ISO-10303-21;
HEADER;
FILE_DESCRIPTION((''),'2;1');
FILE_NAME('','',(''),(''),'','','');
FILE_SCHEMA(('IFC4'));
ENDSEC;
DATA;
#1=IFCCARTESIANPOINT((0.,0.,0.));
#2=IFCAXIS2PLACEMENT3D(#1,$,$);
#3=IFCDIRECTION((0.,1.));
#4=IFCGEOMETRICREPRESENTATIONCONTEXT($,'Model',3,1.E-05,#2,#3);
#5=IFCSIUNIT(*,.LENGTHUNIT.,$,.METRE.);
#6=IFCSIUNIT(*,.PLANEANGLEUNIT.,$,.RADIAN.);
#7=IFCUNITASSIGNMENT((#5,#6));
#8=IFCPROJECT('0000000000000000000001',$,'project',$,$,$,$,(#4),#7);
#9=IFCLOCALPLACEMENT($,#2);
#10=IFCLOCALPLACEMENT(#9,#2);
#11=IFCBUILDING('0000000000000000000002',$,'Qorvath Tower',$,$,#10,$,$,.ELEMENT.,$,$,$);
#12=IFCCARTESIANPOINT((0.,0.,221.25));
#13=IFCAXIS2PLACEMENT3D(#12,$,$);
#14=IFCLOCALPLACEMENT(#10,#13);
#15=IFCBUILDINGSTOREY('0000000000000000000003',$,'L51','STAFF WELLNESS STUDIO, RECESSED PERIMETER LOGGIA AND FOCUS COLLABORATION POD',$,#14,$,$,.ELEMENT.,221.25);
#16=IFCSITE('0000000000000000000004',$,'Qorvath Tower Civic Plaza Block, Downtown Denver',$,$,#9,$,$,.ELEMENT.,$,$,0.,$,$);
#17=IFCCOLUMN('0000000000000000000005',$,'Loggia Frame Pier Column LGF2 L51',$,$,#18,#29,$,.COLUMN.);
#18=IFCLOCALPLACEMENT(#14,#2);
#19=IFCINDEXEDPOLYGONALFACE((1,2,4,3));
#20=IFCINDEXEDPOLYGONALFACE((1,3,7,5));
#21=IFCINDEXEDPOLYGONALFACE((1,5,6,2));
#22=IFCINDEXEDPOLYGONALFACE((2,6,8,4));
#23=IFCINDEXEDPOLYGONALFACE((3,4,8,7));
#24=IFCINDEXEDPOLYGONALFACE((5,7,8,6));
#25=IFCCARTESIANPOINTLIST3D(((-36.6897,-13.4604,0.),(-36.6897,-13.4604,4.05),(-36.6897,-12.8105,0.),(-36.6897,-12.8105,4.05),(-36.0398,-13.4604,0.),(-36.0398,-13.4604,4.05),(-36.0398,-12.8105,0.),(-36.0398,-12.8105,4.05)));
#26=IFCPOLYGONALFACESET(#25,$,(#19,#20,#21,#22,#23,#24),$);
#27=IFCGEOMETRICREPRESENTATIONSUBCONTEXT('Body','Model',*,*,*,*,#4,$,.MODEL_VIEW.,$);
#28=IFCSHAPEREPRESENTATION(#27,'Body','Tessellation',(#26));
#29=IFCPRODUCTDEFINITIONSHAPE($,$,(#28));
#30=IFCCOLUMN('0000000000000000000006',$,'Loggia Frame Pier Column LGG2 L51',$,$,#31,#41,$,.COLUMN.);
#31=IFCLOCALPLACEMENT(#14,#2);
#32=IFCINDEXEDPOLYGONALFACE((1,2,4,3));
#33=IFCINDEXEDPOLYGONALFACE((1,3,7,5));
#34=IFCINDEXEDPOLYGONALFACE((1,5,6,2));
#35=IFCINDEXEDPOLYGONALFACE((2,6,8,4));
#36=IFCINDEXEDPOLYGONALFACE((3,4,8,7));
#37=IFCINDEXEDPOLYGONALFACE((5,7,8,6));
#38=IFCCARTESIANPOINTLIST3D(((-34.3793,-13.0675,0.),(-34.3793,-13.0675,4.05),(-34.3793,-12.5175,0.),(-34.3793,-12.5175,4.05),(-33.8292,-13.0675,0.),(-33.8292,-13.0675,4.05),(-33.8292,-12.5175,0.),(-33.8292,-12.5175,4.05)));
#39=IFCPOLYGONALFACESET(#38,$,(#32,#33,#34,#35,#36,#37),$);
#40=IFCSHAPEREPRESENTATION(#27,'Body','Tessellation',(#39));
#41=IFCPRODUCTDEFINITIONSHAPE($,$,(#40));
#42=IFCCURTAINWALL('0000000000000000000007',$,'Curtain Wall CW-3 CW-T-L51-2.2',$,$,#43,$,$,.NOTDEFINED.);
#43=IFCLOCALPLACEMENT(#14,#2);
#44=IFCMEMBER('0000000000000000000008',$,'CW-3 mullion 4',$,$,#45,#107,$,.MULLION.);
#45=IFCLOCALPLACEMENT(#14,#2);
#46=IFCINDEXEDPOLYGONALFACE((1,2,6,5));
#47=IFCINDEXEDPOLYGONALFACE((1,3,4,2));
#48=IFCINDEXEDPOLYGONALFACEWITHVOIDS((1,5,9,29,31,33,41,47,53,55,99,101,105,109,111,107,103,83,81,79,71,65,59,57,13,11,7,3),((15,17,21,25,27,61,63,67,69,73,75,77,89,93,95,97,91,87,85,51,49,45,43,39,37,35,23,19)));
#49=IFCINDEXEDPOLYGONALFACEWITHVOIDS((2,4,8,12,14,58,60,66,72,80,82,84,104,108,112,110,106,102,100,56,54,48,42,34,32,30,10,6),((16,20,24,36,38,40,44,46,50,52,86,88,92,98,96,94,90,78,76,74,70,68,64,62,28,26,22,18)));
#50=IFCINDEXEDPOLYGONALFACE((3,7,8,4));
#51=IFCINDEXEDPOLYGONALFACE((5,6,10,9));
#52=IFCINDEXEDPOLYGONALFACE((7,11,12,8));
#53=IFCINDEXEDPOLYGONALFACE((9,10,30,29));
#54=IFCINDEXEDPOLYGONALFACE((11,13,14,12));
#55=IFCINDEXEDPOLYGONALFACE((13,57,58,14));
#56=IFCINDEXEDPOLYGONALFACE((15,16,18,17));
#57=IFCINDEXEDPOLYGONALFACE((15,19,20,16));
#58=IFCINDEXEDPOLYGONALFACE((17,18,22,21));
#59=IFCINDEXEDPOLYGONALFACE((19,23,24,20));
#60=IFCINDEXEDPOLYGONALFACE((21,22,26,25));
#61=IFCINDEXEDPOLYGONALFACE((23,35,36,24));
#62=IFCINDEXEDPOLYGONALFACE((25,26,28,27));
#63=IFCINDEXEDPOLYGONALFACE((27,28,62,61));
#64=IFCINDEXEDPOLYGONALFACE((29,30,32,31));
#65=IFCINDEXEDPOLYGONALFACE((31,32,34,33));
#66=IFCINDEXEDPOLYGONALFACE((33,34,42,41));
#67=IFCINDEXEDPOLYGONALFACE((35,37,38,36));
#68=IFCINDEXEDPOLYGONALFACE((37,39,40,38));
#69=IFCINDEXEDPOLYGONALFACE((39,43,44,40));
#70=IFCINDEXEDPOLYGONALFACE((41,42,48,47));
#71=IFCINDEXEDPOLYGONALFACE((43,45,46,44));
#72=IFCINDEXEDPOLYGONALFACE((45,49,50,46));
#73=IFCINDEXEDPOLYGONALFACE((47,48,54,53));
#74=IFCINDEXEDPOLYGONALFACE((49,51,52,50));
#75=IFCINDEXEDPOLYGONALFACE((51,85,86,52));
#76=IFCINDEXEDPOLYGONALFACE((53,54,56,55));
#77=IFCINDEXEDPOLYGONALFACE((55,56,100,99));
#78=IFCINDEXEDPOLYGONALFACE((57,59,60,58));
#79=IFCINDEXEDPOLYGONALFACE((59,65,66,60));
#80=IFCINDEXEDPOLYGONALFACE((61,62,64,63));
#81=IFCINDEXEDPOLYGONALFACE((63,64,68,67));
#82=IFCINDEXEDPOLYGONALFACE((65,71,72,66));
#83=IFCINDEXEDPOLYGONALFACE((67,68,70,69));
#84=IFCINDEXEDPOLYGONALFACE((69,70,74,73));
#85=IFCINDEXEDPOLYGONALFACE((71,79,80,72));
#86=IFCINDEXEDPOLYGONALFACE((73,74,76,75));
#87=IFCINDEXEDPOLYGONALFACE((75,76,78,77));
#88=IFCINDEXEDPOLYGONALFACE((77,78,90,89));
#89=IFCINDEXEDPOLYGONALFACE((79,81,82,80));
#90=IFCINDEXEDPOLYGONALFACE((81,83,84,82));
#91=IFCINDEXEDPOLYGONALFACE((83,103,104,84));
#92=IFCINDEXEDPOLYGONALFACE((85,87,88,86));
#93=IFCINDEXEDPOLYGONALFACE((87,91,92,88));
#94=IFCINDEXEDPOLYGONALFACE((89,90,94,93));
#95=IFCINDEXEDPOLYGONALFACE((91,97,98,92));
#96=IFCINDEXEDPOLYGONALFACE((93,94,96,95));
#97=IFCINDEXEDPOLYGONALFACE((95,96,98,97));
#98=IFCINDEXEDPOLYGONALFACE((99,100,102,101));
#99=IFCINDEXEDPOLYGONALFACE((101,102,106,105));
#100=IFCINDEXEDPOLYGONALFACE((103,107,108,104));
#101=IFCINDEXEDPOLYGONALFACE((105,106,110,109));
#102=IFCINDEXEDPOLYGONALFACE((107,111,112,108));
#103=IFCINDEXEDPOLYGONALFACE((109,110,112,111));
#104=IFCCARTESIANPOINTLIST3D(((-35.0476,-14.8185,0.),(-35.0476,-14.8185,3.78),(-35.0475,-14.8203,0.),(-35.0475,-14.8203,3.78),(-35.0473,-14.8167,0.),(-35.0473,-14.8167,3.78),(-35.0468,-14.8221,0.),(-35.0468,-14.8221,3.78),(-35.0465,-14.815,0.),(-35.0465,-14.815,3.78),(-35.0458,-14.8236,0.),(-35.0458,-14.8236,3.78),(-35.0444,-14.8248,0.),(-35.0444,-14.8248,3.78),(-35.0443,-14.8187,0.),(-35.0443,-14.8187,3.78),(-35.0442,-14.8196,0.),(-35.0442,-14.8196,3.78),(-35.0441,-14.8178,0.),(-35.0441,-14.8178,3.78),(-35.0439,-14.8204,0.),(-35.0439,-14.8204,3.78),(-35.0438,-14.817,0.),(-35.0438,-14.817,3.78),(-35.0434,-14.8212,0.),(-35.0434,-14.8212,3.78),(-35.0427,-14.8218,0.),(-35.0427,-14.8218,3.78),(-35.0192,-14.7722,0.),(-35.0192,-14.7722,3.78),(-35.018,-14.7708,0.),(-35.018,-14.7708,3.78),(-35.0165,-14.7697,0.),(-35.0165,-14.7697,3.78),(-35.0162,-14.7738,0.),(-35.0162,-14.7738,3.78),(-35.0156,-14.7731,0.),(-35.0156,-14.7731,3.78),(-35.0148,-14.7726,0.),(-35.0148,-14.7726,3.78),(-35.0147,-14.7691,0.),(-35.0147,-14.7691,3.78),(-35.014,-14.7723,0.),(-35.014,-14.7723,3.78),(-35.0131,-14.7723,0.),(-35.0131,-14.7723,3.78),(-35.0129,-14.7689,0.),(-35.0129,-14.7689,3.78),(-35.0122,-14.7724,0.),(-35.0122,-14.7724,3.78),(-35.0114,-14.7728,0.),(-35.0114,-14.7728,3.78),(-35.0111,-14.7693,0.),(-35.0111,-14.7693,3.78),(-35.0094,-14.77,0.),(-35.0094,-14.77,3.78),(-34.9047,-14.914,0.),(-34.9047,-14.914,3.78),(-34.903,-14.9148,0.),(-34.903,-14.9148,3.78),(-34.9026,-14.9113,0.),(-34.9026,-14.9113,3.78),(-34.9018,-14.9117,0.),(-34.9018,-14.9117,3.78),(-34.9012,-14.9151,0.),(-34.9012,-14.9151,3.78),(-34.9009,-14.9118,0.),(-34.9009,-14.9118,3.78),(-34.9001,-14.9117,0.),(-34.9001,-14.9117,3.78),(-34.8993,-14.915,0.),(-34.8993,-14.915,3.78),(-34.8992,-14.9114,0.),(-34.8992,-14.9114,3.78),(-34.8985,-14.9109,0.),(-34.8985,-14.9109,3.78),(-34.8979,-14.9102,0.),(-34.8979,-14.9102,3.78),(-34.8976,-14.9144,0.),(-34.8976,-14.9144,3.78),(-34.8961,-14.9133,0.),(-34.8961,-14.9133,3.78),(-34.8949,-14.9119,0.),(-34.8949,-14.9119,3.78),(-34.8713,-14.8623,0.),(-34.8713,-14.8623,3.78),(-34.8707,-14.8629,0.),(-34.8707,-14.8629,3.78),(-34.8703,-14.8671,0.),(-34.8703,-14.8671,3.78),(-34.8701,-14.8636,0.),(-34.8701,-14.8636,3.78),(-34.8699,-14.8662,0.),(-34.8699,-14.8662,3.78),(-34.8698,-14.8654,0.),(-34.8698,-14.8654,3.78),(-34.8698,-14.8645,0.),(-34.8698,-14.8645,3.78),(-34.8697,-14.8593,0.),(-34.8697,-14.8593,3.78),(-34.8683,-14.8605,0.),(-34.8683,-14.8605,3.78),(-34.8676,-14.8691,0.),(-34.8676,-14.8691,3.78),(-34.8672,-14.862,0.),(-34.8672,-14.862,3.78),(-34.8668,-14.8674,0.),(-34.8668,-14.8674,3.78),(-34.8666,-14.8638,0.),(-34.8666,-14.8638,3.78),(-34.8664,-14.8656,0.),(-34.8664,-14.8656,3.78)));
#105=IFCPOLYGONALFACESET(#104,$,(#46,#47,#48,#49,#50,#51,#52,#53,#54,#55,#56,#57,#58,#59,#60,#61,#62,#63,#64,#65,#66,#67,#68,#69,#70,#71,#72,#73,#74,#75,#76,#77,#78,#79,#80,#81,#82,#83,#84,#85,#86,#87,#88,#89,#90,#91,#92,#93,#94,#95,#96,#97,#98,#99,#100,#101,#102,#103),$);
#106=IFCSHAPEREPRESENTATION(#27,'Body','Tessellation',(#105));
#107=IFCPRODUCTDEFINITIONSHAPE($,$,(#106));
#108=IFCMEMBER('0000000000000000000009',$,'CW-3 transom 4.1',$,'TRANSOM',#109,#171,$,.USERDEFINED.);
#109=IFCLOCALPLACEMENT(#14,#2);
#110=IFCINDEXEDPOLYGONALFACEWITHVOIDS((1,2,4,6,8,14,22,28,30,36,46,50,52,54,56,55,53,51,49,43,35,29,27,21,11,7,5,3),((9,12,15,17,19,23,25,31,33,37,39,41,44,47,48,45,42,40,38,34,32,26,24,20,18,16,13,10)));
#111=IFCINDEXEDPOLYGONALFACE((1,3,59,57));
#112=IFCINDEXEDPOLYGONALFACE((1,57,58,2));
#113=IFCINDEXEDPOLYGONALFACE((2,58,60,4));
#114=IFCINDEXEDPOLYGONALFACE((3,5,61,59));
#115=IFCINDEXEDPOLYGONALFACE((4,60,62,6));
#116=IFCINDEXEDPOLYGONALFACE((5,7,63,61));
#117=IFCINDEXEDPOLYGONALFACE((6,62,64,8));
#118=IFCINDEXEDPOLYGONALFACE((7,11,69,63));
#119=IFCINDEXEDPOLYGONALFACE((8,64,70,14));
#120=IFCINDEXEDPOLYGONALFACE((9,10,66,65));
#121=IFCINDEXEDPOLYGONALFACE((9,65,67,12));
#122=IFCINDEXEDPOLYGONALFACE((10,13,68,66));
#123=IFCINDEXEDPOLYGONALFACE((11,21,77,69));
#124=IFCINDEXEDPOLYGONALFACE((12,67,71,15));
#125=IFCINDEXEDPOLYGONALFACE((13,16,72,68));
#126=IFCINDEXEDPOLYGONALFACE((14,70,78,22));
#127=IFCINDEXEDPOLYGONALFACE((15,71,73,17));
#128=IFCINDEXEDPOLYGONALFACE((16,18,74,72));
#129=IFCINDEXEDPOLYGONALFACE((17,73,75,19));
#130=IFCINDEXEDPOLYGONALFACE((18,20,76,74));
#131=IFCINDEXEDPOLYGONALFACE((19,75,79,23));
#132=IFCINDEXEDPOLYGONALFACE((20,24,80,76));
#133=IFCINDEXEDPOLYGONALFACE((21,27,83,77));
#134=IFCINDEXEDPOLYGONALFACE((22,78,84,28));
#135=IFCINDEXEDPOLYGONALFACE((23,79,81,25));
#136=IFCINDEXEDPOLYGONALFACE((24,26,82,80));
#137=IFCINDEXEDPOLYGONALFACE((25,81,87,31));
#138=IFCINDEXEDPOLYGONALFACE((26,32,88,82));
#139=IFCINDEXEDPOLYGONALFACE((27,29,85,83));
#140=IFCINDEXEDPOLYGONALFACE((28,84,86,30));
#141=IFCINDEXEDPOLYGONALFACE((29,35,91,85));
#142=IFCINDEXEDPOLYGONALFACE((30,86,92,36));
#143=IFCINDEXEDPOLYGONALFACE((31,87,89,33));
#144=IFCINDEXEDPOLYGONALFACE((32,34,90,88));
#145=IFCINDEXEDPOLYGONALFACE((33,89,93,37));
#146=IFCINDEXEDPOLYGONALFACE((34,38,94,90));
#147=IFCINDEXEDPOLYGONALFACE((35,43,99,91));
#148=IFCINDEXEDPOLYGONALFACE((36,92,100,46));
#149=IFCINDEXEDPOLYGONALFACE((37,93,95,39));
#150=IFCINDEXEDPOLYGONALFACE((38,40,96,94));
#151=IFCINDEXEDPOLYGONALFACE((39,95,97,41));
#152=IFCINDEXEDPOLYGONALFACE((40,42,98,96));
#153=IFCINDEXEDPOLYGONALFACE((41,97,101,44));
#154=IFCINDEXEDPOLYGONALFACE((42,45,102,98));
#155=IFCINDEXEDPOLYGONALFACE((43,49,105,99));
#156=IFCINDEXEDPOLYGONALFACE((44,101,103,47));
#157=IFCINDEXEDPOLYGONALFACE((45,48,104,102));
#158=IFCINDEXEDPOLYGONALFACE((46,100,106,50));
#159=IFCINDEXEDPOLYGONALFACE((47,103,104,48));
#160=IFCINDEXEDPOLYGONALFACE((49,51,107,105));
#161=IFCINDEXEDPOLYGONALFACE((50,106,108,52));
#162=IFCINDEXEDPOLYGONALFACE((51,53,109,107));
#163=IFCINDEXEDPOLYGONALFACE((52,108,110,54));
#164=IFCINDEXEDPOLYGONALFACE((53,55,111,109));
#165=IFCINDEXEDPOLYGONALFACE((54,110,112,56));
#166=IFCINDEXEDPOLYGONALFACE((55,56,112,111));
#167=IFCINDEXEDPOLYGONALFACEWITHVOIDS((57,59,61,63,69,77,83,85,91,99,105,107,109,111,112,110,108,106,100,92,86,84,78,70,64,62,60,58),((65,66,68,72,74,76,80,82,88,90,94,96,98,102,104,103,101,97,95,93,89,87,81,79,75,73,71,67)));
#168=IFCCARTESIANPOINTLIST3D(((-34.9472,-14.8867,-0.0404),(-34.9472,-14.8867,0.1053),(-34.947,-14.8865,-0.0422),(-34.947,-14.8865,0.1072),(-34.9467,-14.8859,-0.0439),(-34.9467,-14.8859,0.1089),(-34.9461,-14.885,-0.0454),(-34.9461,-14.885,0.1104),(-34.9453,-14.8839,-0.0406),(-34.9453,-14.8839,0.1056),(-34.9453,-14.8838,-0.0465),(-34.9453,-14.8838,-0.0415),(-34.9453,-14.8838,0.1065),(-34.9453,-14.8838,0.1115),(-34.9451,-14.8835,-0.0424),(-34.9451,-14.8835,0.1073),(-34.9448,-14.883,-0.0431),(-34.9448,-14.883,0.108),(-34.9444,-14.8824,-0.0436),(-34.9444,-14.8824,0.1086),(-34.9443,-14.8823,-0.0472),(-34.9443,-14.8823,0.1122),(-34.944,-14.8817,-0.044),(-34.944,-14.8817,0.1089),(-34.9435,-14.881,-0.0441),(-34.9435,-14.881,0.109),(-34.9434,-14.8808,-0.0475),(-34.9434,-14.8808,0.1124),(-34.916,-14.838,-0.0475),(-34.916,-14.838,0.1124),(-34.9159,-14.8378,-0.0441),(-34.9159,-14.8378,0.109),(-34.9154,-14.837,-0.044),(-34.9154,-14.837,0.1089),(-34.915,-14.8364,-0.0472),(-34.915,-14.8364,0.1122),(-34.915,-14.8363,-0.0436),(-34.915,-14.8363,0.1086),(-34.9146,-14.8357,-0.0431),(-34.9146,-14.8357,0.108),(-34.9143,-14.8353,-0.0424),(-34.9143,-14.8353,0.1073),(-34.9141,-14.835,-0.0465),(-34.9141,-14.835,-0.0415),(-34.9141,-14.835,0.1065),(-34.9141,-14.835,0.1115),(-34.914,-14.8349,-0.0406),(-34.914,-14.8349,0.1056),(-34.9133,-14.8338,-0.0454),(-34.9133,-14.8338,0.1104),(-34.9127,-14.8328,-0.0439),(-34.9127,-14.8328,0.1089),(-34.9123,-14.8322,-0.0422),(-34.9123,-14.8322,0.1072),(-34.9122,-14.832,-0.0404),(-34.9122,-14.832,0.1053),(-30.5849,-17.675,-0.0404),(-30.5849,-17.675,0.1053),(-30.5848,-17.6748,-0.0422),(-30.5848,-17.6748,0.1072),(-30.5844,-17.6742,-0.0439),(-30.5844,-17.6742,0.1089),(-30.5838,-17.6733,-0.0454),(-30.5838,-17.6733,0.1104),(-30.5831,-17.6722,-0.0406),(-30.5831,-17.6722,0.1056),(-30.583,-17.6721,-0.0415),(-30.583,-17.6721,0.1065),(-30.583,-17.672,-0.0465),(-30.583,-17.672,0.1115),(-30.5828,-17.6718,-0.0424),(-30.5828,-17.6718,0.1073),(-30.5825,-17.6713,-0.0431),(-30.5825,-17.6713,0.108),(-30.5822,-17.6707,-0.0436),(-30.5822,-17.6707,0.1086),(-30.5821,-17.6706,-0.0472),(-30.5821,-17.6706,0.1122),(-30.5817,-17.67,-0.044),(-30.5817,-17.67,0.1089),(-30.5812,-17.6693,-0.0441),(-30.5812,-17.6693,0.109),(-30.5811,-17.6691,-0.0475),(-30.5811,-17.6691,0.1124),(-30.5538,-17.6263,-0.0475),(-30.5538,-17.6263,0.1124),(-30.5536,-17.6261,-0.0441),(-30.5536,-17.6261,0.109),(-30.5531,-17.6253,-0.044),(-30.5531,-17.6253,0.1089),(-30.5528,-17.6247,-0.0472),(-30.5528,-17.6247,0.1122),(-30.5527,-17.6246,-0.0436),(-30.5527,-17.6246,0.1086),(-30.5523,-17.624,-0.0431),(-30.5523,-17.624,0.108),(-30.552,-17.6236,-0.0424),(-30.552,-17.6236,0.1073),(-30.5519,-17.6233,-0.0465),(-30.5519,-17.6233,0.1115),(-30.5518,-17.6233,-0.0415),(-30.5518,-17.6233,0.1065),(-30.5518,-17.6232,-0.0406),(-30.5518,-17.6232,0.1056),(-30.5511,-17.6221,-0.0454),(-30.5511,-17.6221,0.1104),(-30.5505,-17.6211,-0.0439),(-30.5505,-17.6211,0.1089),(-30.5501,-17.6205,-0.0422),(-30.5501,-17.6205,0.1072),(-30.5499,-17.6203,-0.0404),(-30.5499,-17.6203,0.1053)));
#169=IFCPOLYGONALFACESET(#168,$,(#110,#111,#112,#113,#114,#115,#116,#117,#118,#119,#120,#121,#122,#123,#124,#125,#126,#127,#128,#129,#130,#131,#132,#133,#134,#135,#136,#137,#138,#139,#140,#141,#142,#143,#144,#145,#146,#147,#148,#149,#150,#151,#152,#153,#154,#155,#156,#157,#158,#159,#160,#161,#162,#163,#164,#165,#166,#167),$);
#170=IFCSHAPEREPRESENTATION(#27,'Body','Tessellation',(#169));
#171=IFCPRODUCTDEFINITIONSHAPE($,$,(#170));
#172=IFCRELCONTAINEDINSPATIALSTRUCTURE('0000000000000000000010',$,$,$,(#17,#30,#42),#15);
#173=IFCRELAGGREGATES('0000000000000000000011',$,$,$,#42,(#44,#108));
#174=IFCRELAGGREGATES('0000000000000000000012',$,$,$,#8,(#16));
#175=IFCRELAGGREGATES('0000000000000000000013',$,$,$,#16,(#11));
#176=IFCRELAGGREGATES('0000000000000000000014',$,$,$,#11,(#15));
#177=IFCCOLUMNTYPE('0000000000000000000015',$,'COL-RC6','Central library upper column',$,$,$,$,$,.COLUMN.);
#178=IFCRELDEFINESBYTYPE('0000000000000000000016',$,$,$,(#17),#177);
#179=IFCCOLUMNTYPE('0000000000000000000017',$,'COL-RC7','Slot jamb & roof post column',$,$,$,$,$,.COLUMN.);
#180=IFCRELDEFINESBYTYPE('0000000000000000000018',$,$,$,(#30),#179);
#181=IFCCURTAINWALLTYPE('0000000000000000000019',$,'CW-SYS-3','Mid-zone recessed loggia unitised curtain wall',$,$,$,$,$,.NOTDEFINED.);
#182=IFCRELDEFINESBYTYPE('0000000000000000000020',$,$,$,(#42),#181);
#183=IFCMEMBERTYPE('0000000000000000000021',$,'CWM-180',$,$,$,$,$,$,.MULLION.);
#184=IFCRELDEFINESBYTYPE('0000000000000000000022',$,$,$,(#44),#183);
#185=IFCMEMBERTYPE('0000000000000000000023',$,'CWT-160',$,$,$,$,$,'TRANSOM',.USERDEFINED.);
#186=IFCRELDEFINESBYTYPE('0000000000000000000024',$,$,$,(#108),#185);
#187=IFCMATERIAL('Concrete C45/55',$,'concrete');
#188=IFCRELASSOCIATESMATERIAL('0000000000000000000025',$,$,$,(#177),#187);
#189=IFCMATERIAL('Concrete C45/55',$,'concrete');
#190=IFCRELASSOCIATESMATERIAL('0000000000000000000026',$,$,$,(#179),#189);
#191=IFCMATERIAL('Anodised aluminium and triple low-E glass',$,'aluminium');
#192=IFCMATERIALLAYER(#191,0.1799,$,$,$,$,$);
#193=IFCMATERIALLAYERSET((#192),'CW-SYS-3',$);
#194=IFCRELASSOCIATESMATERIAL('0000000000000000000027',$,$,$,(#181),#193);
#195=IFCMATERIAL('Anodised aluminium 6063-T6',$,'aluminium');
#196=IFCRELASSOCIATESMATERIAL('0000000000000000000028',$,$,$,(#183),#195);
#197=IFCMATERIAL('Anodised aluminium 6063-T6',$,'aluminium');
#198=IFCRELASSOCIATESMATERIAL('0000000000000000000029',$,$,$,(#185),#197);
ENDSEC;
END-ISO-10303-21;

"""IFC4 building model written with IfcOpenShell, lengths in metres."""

from ifc_helpers import new_model, si_unit, direction, frame, origin, origin_2d, place, context, subcontext, project, spatial, rectangle, hollow_rectangle, extrude, material, layer, layer_set, material_profile, profile_set, type_object, element, aggregate, save


model = new_model("IFC4")

# Units and contexts
model_context = context("Model", 3, precision=1e-05, world=origin(), true_north=direction((0.0, 1.0)))
body_context = subcontext(model_context, "Body", "Model", "MODEL_VIEW")
ifc_project = project(units=[si_unit("LENGTHUNIT", "METRE"), si_unit("PLANEANGLEUNIT", "RADIAN")], contexts=[model_context])

# Site, building, storey
site_placement = place(None, origin())
site = spatial("IfcSite", under=ifc_project, at=site_placement, Name="Qorvath Tower Civic Plaza Block, Downtown Denver", CompositionType="ELEMENT", RefElevation=0.0)
building_placement = place(site_placement, origin())
building = spatial("IfcBuilding", under=site, at=building_placement, Name="Qorvath Tower", CompositionType="ELEMENT")
storey_placement = place(building_placement, frame((0.0, 0.0, 221.25)))
storey = spatial("IfcBuildingStorey", under=building, at=storey_placement, Name="L51", Description="STAFF WELLNESS STUDIO, RECESSED PERIMETER LOGGIA AND FOCUS COLLABORATION POD", CompositionType="ELEMENT", Elevation=221.25)

# Columns
ifc_material_1 = material(Name="Concrete C45/55", Category="concrete")
ifc_material_profile_1 = material_profile(ifc_material_1, rectangle(XDim=0.6499, YDim=0.6499, at=origin_2d()), Name="RC 650x650")
ifc_profile_set_1 = profile_set([ifc_material_profile_1], Name="Concrete C45/55")
column_type_1 = type_object("IfcColumnType", Name="COL-RC6", Description="Central library upper column", PredefinedType="COLUMN", material=ifc_profile_set_1)
column_1_placement = place(storey_placement, frame((-36.3647, -13.1355, 0.0), z_axis=(0.0, 0.0, 1.0), x_axis=(1.0, 0.0, 0.0)))
element("IfcColumn", 1, at=column_1_placement, inside=storey, type_object=column_type_1, Name="Loggia Frame Pier Column LGF2 L51", PredefinedType="COLUMN", context=body_context, shape_type="SweptSolid", body=[
    extrude(rectangle(XDim=0.6499, YDim=0.6499, at=origin_2d()), origin(), (0.0, 0.0, 1.0), 4.05),
])
ifc_material_2 = material(Name="Concrete C45/55", Category="concrete")
ifc_material_profile_2 = material_profile(ifc_material_2, rectangle(XDim=0.55, YDim=0.55, at=origin_2d()), Name="RC 550x550")
ifc_profile_set_2 = profile_set([ifc_material_profile_2], Name="Concrete C45/55")
column_type_2 = type_object("IfcColumnType", Name="COL-RC7", Description="Slot jamb & roof post column", PredefinedType="COLUMN", material=ifc_profile_set_2)
column_2_placement = place(storey_placement, frame((-34.1042, -12.7925, 0.0), z_axis=(0.0, 0.0, 1.0), x_axis=(1.0, 0.0, 0.0)))
element("IfcColumn", 2, at=column_2_placement, inside=storey, type_object=column_type_2, Name="Loggia Frame Pier Column LGG2 L51", PredefinedType="COLUMN", context=body_context, shape_type="SweptSolid", body=[
    extrude(rectangle(XDim=0.55, YDim=0.55, at=origin_2d()), origin(), (0.0, 0.0, 1.0), 4.05),
])

# Curtain wall, members
ifc_material_3 = material(Name="Anodised aluminium and triple low-E glass", Category="aluminium")
ifc_layer_1 = layer(ifc_material_3, 0.1799)
ifc_layer_set_1 = layer_set([ifc_layer_1], Name="CW-SYS-3")
curtain_wall_type = type_object("IfcCurtainWallType", Name="CW-SYS-3", Description="Mid-zone recessed loggia unitised curtain wall", PredefinedType="NOTDEFINED", material=ifc_layer_set_1)
curtain_wall_placement = place(storey_placement, origin())
curtain_wall = element("IfcCurtainWall", 3, at=curtain_wall_placement, inside=storey, type_object=curtain_wall_type, Name="Curtain Wall CW-3 CW-T-L51-2.2", PredefinedType="NOTDEFINED")
ifc_material_4 = material(Name="Anodised aluminium 6063-T6", Category="aluminium")
ifc_material_profile_3 = material_profile(ifc_material_4, hollow_rectangle(XDim=0.0649, YDim=0.1799, WallThickness=0.0034, InnerFilletRadius=0.0034, OuterFilletRadius=0.0071, at=origin_2d()), Name="CWM 180x65")
ifc_profile_set_3 = profile_set([ifc_material_profile_3], Name="Anodised aluminium 6063-T6")
member_type_1 = type_object("IfcMemberType", Name="CWM-180", PredefinedType="MULLION", material=ifc_profile_set_3)
member_1_placement = place(storey_placement, frame((-34.957, -14.842, 0.0), z_axis=(0.0, 0.0, 1.0), x_axis=(0.538535, 0.842603, 0.0)))
member_1 = element("IfcMember", 4, at=member_1_placement, type_object=member_type_1, Name="CW-3 mullion 4", PredefinedType="MULLION", context=body_context, shape_type="SweptSolid", body=[
    extrude(hollow_rectangle(XDim=0.0649, YDim=0.1799, WallThickness=0.0034, InnerFilletRadius=0.0034, OuterFilletRadius=0.0071, at=origin_2d()), origin(), (0.0, 0.0, 1.0), 3.78),
])
ifc_material_5 = material(Name="Anodised aluminium 6063-T6", Category="aluminium")
ifc_material_profile_4 = material_profile(ifc_material_5, hollow_rectangle(XDim=0.0649, YDim=0.1599, WallThickness=0.0034, InnerFilletRadius=0.0034, OuterFilletRadius=0.0071, at=origin_2d()), Name="CWT 160x65")
ifc_profile_set_4 = profile_set([ifc_material_profile_4], Name="Anodised aluminium 6063-T6")
member_type_2 = type_object("IfcMemberType", Name="CWT-160", ElementType="TRANSOM", PredefinedType="USERDEFINED", material=ifc_profile_set_4)
member_2_placement = place(storey_placement, frame((-34.9297, -14.8594, 0.0325), z_axis=(0.842582, -0.538568, 0.0), x_axis=(0.538568, 0.842582, 0.0)))
member_2 = element("IfcMember", 5, at=member_2_placement, type_object=member_type_2, Name="CW-3 transom 4.1", ObjectType="TRANSOM", PredefinedType="USERDEFINED", context=body_context, shape_type="SweptSolid", body=[
    extrude(hollow_rectangle(XDim=0.0649, YDim=0.1599, WallThickness=0.0034, InnerFilletRadius=0.0034, OuterFilletRadius=0.0071, at=origin_2d()), origin(), (0.0, 0.0, 1.0), 5.1772),
])
aggregate(curtain_wall, [member_1, member_2])

save(model, "model.ifc")
